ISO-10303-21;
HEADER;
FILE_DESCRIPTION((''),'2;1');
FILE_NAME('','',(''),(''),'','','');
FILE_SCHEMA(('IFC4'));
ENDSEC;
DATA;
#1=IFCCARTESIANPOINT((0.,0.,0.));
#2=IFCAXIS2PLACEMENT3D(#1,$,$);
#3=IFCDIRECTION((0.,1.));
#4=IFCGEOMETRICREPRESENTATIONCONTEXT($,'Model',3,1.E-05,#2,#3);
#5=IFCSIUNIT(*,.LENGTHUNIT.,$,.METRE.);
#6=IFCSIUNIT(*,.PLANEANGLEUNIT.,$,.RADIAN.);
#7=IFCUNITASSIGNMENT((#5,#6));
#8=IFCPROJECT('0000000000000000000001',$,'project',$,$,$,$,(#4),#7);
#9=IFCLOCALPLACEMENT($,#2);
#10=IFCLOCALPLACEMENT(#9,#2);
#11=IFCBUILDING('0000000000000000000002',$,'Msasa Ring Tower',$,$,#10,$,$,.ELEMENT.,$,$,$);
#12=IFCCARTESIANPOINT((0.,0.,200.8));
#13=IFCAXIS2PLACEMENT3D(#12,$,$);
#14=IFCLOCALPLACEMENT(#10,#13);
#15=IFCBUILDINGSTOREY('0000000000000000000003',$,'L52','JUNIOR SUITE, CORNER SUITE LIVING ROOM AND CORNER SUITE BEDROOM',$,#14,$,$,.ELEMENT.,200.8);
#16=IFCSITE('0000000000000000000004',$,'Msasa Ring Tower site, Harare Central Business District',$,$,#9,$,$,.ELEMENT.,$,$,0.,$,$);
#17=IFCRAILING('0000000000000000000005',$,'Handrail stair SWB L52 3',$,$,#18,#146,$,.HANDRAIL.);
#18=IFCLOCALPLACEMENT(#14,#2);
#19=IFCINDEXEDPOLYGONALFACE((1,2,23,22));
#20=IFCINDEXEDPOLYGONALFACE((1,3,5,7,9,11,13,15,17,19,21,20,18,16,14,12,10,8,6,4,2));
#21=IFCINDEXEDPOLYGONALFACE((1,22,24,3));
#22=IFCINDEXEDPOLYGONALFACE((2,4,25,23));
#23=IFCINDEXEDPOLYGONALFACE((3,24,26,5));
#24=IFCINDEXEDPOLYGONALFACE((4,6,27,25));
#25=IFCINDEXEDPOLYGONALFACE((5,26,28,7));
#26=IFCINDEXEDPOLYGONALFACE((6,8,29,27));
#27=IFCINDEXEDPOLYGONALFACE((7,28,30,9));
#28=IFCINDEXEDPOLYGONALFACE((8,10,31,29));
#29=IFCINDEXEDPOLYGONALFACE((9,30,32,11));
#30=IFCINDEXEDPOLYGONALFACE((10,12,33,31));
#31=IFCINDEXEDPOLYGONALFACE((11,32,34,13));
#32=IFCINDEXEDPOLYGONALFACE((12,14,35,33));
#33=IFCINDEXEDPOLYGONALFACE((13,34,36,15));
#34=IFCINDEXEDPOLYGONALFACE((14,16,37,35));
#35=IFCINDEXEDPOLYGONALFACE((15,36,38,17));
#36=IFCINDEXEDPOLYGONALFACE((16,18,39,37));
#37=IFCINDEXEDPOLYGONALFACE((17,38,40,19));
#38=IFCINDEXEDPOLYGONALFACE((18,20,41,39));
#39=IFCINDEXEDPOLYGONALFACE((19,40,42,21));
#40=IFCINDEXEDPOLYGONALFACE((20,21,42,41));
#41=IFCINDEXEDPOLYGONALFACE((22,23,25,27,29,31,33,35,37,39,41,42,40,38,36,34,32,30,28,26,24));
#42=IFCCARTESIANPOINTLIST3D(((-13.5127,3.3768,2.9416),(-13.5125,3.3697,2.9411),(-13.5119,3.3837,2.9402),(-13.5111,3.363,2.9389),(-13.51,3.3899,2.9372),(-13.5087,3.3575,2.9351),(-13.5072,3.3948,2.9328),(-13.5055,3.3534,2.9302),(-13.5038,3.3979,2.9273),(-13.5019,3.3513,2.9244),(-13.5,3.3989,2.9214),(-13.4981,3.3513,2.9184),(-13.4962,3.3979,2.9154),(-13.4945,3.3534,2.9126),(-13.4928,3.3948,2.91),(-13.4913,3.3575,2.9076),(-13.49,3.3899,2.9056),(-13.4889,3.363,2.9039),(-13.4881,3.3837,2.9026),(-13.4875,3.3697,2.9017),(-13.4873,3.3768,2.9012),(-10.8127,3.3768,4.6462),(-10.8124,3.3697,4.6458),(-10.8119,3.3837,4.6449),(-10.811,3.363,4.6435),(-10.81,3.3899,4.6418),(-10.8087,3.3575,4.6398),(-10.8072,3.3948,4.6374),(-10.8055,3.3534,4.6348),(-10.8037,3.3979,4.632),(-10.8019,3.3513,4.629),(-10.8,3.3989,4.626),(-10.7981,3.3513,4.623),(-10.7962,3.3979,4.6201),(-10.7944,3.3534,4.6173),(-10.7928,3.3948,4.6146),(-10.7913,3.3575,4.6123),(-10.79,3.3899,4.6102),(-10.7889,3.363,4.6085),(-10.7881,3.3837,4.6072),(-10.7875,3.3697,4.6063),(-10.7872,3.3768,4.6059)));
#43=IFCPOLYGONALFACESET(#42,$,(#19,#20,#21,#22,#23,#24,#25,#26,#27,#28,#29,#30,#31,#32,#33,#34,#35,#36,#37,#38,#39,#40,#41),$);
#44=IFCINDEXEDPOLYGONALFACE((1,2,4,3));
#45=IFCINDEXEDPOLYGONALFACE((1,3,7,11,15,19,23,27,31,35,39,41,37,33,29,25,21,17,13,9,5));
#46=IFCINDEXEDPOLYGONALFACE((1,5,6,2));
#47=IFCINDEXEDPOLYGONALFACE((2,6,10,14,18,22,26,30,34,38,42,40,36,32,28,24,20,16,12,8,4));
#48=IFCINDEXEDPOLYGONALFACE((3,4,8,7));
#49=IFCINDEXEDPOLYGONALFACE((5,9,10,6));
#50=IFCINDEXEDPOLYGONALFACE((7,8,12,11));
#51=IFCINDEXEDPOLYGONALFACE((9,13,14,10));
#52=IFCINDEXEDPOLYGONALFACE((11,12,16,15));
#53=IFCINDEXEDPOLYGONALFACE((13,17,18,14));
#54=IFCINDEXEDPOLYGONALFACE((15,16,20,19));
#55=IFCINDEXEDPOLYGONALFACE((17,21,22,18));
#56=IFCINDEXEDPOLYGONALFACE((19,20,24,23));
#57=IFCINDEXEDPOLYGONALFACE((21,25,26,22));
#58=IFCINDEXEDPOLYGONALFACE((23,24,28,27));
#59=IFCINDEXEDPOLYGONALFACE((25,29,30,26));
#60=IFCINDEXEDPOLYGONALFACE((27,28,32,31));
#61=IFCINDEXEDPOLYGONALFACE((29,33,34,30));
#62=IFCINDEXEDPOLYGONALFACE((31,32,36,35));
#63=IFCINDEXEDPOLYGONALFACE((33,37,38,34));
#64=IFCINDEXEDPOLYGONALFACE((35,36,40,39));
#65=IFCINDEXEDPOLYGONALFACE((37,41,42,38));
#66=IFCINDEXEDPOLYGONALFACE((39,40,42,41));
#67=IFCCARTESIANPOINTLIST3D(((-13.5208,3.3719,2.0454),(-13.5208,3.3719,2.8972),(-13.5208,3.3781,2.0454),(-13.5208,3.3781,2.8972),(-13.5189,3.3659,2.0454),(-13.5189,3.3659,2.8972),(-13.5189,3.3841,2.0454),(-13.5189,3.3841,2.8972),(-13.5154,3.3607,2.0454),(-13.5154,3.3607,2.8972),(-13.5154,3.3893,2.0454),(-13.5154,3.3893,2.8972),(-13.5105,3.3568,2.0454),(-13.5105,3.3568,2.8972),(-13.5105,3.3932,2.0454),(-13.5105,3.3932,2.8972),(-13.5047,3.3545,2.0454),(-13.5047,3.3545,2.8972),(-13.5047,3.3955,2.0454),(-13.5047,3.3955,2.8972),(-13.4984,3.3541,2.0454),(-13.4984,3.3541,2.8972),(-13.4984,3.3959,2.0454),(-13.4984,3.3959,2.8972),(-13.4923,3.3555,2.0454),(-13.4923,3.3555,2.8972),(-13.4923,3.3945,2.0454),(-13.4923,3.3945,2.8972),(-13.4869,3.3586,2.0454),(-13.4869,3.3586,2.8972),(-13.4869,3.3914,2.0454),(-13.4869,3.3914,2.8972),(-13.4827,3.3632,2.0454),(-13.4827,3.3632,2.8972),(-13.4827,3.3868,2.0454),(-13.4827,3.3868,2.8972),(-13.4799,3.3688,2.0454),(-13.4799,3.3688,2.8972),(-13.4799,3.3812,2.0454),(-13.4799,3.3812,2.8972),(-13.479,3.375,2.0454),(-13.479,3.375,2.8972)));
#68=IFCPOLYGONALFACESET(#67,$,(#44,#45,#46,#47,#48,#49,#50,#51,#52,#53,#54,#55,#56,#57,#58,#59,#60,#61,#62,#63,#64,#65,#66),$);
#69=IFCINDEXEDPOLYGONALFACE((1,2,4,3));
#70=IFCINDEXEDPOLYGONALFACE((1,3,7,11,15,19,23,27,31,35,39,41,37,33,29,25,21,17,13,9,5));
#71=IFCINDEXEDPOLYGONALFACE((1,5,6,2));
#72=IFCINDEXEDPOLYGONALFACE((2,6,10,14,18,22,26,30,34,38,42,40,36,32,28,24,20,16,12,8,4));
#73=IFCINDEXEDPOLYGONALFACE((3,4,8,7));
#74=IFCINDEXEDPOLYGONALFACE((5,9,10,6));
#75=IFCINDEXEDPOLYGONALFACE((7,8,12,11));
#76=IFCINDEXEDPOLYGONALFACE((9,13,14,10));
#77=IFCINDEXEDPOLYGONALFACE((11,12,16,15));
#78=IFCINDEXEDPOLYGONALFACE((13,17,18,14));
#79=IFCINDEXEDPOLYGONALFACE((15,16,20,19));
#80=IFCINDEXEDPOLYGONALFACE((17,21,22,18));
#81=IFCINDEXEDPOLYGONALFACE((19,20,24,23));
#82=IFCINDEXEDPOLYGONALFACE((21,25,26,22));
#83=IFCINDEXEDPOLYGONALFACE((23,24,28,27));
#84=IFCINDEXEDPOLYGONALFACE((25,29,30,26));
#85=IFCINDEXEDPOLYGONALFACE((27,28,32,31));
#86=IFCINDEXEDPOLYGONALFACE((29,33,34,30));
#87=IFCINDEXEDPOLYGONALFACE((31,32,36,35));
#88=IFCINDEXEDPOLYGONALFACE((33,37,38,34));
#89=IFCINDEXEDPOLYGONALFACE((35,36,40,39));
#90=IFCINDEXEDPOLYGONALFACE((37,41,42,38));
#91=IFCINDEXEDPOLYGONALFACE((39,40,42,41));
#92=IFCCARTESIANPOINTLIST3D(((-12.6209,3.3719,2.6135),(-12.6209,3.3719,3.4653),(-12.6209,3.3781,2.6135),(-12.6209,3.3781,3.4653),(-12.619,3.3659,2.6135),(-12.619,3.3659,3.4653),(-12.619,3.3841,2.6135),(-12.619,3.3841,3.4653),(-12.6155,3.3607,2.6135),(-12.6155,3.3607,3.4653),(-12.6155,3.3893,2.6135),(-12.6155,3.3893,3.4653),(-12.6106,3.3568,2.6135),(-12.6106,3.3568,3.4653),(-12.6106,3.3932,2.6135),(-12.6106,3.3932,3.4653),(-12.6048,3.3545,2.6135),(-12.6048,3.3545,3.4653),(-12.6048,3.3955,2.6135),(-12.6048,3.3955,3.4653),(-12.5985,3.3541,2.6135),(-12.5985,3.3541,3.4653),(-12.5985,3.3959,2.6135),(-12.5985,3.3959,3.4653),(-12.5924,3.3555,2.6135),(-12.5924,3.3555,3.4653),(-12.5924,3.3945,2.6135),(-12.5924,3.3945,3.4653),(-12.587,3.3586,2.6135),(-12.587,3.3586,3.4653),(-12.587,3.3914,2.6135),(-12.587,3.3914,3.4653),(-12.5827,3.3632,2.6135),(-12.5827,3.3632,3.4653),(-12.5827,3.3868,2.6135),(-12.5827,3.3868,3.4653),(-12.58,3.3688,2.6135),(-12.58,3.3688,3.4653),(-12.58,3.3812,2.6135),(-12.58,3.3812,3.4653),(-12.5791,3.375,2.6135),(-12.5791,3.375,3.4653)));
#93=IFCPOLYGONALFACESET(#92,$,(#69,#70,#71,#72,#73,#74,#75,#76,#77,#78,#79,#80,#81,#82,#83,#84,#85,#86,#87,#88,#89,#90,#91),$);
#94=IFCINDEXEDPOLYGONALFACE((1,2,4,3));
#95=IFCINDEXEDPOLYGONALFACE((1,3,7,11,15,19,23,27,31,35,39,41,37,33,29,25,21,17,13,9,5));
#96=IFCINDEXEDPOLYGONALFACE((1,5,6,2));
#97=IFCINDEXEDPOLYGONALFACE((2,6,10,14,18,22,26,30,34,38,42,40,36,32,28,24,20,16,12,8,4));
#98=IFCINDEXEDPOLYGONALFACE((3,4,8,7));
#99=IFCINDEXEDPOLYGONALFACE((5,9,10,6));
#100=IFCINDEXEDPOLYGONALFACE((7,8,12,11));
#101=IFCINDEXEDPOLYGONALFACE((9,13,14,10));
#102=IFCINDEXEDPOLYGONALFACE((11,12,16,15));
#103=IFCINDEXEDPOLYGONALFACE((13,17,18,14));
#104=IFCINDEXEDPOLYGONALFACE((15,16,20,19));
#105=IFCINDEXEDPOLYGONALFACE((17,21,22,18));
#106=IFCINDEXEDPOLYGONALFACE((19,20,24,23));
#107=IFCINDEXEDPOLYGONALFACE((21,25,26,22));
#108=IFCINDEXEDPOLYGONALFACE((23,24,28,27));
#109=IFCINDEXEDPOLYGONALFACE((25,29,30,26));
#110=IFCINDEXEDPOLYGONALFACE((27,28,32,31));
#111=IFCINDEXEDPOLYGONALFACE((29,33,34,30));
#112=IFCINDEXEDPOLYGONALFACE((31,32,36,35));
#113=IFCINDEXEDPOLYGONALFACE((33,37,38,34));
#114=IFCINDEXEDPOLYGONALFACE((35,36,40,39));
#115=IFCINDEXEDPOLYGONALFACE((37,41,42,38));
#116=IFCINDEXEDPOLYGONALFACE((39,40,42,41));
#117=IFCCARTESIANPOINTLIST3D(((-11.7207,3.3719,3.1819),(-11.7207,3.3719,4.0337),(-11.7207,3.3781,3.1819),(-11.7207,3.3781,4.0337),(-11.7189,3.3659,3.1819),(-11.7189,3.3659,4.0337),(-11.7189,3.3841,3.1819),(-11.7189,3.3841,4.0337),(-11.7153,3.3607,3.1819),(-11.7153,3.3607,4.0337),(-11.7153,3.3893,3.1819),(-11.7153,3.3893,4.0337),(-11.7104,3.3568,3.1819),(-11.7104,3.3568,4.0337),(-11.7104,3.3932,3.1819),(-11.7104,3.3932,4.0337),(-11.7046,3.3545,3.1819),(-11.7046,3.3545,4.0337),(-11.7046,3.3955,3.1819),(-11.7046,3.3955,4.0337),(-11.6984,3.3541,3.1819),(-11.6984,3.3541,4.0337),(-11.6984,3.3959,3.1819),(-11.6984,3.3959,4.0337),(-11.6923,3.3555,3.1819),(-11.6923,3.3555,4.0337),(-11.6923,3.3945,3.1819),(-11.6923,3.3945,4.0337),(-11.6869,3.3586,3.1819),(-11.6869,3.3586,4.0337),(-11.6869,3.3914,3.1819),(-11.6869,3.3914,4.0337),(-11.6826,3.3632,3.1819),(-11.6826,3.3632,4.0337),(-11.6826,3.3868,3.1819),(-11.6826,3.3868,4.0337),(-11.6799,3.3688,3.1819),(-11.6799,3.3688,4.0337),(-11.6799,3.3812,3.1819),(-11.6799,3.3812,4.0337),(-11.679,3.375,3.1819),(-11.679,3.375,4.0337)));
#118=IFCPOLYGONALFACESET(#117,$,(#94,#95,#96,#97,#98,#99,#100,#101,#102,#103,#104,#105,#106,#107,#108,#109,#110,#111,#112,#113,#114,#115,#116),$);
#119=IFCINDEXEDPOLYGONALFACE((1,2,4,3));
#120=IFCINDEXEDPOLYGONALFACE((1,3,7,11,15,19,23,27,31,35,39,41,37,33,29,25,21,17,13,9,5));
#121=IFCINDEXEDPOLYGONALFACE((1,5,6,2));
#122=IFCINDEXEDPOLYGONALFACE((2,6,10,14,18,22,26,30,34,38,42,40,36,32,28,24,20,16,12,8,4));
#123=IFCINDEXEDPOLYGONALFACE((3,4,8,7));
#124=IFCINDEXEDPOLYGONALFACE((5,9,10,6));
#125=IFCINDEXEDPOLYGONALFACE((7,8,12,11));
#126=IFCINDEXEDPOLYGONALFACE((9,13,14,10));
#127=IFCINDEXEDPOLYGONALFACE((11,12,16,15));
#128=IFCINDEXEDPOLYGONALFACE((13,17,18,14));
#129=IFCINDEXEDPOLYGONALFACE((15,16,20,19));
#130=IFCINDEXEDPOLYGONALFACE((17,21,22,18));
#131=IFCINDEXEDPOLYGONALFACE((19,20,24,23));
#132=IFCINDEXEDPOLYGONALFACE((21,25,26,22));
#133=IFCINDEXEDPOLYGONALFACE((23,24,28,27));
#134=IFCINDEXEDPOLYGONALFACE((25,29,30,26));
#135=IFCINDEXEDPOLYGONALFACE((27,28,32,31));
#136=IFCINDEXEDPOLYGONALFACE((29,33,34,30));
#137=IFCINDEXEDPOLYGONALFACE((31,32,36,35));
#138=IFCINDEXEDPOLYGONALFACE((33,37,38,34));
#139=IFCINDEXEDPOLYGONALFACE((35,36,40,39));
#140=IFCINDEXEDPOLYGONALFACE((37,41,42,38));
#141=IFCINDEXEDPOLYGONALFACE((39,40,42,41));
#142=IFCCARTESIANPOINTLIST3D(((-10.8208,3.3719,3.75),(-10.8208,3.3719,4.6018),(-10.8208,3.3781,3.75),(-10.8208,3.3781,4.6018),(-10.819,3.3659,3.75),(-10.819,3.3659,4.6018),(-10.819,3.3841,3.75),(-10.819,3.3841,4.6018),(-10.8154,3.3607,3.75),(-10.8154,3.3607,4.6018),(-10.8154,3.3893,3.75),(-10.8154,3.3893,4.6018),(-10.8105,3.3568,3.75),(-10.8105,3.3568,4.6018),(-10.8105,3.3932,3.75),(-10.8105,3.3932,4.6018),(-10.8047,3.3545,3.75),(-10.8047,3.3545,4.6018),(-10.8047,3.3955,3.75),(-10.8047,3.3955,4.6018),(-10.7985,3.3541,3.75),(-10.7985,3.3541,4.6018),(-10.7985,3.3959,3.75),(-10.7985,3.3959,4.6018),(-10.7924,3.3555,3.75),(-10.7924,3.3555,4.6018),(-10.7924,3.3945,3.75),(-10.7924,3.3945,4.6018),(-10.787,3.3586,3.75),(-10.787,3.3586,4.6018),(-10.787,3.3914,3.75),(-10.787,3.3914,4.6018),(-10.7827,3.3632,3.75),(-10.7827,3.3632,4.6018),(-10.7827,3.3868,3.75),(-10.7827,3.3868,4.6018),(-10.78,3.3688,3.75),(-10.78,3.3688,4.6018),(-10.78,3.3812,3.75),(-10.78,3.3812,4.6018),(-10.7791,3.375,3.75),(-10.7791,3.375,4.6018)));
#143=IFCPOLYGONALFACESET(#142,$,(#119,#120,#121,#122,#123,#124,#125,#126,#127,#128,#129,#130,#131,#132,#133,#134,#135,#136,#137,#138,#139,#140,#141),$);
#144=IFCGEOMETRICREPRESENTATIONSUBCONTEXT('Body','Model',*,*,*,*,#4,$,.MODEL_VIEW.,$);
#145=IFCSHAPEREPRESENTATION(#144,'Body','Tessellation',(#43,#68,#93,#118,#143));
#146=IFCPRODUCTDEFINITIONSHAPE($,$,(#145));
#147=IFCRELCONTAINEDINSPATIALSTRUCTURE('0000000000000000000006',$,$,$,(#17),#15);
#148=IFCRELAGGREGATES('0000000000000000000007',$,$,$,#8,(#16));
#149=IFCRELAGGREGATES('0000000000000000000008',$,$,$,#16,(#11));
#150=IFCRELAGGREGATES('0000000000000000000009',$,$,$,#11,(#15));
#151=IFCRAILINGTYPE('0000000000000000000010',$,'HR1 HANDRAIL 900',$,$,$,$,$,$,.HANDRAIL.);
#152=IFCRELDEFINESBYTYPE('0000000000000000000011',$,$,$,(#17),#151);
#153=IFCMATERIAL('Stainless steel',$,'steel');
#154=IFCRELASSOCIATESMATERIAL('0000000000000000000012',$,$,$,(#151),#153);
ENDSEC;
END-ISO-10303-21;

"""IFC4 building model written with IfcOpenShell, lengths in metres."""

from ifc_helpers import new_model, si_unit, direction, frame, origin, origin_2d, place, context, subcontext, project, spatial, circle, extrude, material, type_object, element, save


model = new_model("IFC4")

# Units and contexts
model_context = context("Model", 3, precision=1e-05, world=origin(), true_north=direction((0.0, 1.0)))
body_context = subcontext(model_context, "Body", "Model", "MODEL_VIEW")
ifc_project = project(units=[si_unit("LENGTHUNIT", "METRE"), si_unit("PLANEANGLEUNIT", "RADIAN")], contexts=[model_context])

# Site, building, storey
site_placement = place(None, origin())
site = spatial("IfcSite", under=ifc_project, at=site_placement, Name="Msasa Ring Tower site, Harare Central Business District", CompositionType="ELEMENT", RefElevation=0.0)
building_placement = place(site_placement, origin())
building = spatial("IfcBuilding", under=site, at=building_placement, Name="Msasa Ring Tower", CompositionType="ELEMENT")
storey_placement = place(building_placement, frame((0.0, 0.0, 200.8)))
storey = spatial("IfcBuildingStorey", under=building, at=storey_placement, Name="L52", Description="JUNIOR SUITE, CORNER SUITE LIVING ROOM AND CORNER SUITE BEDROOM", CompositionType="ELEMENT", Elevation=200.8)

# Railing
ifc_material_1 = material(Name="Stainless steel", Category="steel")
railing_type = type_object("IfcRailingType", Name="HR1 HANDRAIL 900", PredefinedType="HANDRAIL", material=ifc_material_1)
for number, where, name in (
    (1, (-13.5, 3.375, 2.0454), "Handrail stair SWB L52 3"),
):
    element("IfcRailing", number, at=place(storey_placement, frame(where)), inside=storey, type_object=railing_type, Name=name, PredefinedType="HANDRAIL", context=body_context, shape_type="SweptSolid", body=[
        extrude(circle(Radius=0.0239, at=origin_2d()), frame((0.0, 0.0, 0.876), z_axis=(0.84558, 0.0, 0.533849), x_axis=(0.0, 1.0, 0.0)), (0.0, 0.0, 1.0), 3.1931),
        extrude(circle(Radius=0.021, at=origin_2d()), origin(), (0.0, 0.0, 1.0), 0.8518),
        extrude(circle(Radius=0.021, at=origin_2d()), frame((0.8999, 0.0, 0.5681)), (0.0, 0.0, 1.0), 0.8518),
        extrude(circle(Radius=0.021, at=origin_2d()), frame((1.8, 0.0, 1.1365)), (0.0, 0.0, 1.0), 0.8518),
        extrude(circle(Radius=0.021, at=origin_2d()), frame((2.7, 0.0, 1.7046)), (0.0, 0.0, 1.0), 0.8518),
    ])

save(model, "model.ifc")
